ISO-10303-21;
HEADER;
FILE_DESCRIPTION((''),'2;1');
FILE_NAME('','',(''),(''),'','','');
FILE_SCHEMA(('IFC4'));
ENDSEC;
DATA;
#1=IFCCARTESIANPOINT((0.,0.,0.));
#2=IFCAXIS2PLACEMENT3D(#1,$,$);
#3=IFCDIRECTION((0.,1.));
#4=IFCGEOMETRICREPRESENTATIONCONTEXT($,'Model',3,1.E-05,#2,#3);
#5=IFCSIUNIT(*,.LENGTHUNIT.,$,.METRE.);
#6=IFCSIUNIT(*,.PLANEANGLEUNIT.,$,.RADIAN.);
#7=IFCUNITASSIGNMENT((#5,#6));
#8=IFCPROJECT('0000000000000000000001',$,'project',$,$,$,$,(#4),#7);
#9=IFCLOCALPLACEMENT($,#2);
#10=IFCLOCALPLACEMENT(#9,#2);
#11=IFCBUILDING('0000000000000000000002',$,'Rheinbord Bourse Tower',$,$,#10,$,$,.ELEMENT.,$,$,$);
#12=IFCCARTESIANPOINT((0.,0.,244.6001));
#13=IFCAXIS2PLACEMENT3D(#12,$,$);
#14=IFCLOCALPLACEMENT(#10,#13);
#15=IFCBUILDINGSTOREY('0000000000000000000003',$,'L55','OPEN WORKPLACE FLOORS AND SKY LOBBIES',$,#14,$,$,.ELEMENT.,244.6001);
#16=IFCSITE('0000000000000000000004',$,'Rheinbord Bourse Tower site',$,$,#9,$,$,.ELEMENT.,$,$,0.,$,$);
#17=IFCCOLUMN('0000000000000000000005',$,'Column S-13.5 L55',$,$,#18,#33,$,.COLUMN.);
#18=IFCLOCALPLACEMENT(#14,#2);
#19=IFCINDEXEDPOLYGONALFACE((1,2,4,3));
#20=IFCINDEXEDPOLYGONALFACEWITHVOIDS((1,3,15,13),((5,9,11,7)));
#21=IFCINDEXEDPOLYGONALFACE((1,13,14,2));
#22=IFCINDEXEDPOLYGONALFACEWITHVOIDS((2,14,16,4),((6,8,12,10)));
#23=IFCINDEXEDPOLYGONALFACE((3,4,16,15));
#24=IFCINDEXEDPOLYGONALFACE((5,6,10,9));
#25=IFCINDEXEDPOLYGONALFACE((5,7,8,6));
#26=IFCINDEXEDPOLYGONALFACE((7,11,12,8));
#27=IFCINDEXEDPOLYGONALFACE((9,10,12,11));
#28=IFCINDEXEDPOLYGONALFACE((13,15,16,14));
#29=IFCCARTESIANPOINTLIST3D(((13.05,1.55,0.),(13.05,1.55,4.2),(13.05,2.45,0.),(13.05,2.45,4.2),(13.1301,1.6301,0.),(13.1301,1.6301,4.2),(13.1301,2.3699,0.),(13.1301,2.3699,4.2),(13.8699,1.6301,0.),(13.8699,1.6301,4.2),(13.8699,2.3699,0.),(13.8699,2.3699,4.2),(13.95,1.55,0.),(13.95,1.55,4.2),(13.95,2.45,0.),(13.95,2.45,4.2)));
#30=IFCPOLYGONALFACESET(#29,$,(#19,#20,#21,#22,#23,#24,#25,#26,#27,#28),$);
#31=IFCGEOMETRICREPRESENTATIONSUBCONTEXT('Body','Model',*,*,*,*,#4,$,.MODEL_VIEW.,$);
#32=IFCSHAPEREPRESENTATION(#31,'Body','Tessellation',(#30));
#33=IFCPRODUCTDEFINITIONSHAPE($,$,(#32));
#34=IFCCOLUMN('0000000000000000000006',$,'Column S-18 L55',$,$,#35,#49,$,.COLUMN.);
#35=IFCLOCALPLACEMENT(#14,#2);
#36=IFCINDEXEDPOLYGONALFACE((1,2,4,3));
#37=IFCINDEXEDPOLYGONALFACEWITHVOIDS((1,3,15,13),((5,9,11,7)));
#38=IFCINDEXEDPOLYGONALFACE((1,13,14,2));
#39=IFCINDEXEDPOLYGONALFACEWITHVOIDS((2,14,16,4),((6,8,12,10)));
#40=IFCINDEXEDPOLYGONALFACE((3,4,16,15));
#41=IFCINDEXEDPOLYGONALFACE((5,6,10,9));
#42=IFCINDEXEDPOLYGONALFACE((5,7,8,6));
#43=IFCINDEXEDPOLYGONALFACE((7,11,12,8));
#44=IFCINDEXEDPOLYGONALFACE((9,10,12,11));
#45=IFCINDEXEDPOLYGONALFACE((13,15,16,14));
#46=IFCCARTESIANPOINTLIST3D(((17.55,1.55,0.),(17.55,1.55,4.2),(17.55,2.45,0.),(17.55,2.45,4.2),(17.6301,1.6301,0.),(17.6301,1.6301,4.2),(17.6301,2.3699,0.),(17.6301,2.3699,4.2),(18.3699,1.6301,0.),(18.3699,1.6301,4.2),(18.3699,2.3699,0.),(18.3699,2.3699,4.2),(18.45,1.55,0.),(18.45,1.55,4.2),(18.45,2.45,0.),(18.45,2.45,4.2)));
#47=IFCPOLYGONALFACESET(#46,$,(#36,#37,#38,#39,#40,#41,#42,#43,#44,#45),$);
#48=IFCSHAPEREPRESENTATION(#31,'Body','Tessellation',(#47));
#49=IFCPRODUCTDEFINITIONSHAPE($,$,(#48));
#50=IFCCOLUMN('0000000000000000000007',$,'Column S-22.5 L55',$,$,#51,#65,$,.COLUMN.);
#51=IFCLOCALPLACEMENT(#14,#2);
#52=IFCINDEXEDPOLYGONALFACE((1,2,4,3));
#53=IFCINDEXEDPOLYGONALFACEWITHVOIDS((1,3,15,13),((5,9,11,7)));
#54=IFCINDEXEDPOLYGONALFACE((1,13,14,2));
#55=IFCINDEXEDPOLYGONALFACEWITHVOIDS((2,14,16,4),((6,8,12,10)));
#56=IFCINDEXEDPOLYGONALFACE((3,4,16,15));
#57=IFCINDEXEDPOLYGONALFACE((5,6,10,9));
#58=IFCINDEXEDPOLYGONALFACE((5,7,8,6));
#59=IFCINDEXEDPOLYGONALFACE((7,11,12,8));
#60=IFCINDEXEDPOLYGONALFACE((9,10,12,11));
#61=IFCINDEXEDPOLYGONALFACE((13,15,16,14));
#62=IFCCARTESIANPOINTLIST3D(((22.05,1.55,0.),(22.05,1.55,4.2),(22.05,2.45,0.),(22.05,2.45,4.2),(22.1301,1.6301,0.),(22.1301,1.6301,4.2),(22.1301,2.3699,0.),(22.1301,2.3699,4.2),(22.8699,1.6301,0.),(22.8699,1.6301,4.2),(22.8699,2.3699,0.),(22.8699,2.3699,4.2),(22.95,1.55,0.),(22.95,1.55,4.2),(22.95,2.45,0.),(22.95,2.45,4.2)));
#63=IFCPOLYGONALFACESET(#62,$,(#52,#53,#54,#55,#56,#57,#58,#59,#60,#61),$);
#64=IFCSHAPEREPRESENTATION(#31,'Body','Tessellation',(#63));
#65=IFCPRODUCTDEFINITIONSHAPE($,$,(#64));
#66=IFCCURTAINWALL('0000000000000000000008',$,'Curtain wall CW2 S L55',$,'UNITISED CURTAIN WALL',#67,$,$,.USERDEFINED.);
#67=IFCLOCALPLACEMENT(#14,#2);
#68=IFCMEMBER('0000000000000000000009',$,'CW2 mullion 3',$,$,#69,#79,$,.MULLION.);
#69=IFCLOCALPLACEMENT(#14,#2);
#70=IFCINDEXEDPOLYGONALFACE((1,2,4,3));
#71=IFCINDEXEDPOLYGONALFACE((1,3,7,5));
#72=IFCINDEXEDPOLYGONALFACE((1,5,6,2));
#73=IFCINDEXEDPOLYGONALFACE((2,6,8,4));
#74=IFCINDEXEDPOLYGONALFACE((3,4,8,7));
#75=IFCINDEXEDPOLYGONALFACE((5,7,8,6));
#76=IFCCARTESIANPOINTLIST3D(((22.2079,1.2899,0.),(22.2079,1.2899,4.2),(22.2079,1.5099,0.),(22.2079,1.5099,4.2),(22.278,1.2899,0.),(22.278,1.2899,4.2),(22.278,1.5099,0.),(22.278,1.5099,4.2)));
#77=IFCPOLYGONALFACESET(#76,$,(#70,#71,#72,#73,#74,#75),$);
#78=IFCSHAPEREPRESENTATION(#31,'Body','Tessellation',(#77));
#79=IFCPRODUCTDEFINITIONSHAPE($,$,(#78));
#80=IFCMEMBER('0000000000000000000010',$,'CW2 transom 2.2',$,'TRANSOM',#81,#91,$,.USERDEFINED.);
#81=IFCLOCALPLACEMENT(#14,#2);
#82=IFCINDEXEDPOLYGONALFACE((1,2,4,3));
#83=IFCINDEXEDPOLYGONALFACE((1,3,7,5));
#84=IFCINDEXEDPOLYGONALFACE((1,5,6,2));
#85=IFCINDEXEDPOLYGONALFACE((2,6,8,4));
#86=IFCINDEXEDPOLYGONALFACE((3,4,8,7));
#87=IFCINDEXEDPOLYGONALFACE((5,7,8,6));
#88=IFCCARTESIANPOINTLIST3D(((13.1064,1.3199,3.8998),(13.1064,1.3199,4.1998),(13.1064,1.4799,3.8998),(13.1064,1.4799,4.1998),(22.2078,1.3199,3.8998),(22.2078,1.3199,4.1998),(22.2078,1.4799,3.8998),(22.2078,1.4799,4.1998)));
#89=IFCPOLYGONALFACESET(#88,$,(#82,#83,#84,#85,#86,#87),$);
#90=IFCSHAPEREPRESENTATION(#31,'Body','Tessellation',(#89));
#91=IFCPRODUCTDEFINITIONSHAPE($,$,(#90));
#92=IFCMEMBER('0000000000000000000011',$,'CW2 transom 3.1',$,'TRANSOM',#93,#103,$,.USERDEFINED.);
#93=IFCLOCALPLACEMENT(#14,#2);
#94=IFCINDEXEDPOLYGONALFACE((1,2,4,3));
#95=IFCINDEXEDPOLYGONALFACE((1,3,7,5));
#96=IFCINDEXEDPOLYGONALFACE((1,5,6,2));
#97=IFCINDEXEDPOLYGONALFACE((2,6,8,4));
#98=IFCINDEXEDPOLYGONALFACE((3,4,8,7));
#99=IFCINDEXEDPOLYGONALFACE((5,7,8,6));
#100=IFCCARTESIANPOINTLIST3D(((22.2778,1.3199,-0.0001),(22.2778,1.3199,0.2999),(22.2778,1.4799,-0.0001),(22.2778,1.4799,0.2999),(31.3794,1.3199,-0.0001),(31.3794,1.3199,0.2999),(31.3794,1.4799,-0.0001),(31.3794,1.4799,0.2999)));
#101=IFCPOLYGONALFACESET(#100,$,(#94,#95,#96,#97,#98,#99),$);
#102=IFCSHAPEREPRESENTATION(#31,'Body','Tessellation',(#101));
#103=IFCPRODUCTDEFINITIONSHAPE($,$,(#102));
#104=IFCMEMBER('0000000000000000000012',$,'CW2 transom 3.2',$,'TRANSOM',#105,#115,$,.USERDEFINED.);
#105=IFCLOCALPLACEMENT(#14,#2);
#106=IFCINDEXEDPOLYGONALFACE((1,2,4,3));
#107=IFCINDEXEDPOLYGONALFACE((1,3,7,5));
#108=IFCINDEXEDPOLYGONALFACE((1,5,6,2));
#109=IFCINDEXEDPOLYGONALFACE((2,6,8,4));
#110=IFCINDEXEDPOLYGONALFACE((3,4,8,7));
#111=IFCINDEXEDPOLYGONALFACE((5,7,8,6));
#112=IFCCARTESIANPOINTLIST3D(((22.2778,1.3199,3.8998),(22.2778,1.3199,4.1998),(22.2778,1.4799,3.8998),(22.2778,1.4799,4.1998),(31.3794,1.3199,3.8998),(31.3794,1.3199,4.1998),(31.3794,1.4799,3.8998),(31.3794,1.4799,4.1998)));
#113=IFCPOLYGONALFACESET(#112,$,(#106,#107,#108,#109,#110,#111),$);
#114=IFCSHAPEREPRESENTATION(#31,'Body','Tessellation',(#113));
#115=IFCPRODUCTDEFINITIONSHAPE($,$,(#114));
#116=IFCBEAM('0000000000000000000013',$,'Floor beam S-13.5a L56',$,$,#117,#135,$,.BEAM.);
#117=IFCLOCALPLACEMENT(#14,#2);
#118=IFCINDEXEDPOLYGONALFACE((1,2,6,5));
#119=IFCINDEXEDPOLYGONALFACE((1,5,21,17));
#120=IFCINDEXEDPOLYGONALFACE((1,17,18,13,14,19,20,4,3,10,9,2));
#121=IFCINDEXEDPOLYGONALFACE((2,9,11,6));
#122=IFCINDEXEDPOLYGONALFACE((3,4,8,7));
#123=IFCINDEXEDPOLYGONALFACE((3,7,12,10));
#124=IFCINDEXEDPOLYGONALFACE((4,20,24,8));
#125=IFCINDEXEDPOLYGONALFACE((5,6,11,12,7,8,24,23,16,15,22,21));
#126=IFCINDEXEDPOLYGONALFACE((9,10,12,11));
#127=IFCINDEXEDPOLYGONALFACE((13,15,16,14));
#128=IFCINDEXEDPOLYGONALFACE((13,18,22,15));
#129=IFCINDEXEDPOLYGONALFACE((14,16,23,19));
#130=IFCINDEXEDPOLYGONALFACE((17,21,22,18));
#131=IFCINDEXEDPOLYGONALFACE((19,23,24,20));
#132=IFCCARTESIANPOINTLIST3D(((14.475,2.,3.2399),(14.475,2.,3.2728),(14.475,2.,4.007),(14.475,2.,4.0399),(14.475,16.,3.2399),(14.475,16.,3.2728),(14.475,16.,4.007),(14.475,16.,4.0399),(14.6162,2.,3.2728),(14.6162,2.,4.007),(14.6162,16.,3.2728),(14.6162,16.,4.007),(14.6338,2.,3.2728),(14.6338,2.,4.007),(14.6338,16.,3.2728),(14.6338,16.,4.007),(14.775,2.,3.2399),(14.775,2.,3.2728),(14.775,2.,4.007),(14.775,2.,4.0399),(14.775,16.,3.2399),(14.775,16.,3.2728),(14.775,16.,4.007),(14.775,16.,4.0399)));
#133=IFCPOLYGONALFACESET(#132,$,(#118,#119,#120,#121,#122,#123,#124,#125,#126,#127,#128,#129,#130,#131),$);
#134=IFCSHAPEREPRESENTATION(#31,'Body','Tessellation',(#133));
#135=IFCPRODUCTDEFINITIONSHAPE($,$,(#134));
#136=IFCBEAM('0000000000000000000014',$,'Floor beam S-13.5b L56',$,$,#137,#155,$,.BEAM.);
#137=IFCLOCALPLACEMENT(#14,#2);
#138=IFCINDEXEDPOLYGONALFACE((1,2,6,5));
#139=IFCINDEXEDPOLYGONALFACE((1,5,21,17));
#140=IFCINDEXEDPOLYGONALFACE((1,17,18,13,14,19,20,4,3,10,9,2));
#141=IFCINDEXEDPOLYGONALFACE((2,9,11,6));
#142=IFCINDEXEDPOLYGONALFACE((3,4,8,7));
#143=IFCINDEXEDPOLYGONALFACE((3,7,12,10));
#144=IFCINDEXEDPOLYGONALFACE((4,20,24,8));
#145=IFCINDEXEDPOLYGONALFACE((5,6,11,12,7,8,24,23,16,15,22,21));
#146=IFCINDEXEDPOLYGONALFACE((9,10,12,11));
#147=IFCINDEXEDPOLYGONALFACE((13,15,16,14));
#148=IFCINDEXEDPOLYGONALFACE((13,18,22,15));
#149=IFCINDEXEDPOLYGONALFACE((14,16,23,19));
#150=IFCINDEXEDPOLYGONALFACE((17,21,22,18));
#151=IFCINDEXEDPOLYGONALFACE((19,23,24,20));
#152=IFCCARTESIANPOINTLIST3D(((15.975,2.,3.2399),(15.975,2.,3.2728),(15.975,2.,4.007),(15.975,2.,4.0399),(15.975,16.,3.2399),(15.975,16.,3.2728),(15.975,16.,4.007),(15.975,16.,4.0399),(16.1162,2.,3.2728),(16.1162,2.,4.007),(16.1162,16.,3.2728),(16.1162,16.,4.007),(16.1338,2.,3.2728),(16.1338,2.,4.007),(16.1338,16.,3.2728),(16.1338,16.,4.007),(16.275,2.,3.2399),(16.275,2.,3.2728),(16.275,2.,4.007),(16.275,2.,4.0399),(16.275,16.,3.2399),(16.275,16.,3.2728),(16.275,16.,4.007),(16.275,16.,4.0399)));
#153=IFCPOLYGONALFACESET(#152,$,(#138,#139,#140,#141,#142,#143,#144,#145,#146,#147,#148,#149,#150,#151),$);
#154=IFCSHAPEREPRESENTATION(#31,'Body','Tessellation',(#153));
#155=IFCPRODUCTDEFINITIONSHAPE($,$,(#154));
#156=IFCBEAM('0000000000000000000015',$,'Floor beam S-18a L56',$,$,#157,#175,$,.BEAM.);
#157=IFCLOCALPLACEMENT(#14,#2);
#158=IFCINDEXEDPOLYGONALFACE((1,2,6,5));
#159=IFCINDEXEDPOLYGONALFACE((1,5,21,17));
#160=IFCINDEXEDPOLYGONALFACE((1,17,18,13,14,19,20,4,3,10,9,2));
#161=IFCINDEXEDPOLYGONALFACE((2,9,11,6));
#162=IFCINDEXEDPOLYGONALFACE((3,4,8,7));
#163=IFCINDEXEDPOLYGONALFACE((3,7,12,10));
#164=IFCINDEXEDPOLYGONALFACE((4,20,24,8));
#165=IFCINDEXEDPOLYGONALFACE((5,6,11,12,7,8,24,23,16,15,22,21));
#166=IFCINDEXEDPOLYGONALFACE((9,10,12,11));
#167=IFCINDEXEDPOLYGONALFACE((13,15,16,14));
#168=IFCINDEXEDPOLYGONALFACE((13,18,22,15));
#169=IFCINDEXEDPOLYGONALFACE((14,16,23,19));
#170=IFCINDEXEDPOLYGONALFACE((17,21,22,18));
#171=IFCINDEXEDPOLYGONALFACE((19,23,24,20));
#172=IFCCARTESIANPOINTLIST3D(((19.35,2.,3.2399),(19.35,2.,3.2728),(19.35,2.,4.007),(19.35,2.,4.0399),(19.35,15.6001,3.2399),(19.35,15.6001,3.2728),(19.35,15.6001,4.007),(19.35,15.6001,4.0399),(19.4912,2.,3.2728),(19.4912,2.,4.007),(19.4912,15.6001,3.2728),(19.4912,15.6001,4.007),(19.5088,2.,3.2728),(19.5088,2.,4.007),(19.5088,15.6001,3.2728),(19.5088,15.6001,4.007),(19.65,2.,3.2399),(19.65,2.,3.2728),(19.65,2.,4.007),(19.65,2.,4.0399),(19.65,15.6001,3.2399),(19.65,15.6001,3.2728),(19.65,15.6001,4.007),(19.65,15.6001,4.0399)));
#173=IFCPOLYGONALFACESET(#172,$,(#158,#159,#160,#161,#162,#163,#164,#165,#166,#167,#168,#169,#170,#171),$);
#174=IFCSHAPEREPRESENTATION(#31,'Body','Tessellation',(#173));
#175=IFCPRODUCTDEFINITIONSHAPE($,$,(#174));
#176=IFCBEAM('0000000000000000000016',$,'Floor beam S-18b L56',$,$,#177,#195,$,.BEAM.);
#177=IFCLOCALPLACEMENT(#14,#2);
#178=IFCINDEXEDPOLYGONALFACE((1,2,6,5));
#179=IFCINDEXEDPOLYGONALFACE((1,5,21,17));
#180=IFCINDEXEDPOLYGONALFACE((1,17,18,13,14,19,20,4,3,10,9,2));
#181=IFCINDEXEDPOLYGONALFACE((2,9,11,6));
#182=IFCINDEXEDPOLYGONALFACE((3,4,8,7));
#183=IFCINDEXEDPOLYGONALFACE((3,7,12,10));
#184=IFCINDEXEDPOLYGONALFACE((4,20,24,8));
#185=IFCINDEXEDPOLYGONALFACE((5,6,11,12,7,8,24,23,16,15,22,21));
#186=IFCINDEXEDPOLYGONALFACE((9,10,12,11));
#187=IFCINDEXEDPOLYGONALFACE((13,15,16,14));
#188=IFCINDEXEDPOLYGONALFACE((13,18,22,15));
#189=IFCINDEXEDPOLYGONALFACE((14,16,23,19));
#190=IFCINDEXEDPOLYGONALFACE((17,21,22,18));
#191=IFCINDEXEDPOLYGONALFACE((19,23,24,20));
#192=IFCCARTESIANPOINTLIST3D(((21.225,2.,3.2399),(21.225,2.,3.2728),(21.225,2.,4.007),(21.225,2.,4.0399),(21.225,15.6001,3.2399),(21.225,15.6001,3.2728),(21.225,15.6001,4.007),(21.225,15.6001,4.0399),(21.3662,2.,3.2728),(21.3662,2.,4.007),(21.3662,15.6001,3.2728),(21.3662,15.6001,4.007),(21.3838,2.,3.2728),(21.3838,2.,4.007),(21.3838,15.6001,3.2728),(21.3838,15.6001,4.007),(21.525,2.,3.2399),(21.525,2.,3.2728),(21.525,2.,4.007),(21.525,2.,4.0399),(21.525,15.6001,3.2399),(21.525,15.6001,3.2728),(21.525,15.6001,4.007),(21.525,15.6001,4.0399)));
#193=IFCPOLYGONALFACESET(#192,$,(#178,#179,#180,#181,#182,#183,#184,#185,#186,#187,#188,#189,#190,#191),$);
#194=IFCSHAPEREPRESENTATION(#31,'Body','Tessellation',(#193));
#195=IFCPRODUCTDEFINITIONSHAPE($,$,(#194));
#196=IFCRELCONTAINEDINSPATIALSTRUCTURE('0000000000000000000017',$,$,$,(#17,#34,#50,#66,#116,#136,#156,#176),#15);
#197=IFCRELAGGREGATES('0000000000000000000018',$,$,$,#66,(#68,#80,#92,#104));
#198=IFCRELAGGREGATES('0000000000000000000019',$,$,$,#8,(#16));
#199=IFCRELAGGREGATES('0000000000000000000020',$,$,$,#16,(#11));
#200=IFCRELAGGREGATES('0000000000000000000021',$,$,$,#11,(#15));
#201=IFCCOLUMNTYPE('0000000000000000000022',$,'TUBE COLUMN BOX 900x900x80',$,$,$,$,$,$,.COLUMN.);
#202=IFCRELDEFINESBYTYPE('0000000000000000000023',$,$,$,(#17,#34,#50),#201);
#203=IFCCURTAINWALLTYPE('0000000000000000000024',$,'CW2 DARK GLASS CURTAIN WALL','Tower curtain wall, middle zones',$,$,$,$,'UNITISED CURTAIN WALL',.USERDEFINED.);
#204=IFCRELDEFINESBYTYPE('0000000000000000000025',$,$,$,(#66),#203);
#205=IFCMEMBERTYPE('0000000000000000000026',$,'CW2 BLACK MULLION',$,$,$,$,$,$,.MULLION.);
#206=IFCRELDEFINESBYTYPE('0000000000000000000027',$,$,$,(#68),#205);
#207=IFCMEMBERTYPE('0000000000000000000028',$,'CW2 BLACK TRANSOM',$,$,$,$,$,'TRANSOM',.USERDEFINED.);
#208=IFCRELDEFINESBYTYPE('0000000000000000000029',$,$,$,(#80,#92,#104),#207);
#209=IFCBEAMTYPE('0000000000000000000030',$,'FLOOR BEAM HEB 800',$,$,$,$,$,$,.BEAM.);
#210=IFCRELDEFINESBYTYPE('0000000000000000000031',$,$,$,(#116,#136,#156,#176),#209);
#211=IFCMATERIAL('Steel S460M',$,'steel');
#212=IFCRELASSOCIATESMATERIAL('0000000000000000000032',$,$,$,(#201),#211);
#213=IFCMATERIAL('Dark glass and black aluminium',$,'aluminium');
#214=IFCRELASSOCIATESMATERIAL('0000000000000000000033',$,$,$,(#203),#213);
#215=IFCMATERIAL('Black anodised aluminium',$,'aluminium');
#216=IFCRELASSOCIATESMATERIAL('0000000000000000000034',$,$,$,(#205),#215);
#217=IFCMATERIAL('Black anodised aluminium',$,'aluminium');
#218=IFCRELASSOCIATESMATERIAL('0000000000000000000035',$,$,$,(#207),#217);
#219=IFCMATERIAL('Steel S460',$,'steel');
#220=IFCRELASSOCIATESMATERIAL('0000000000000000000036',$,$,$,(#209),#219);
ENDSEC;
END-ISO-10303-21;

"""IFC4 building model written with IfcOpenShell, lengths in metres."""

from ifc_helpers import new_model, si_unit, direction, frame, origin, origin_2d, place, context, subcontext, project, spatial, rectangle, hollow_rectangle, i_section, extrude, material, material_profile, profile_set, type_object, element, aggregate, save


model = new_model("IFC4")

# Units and contexts
model_context = context("Model", 3, precision=1e-05, world=origin(), true_north=direction((0.0, 1.0)))
body_context = subcontext(model_context, "Body", "Model", "MODEL_VIEW")
ifc_project = project(units=[si_unit("LENGTHUNIT", "METRE"), si_unit("PLANEANGLEUNIT", "RADIAN")], contexts=[model_context])

# Site, building, storey
site_placement = place(None, origin())
site = spatial("IfcSite", under=ifc_project, at=site_placement, Name="Rheinbord Bourse Tower site", CompositionType="ELEMENT", RefElevation=0.0)
building_placement = place(site_placement, origin())
building = spatial("IfcBuilding", under=site, at=building_placement, Name="Rheinbord Bourse Tower", CompositionType="ELEMENT")
storey_placement = place(building_placement, frame((0.0, 0.0, 244.6001)))
storey = spatial("IfcBuildingStorey", under=building, at=storey_placement, Name="L55", Description="OPEN WORKPLACE FLOORS AND SKY LOBBIES", CompositionType="ELEMENT", Elevation=244.6001)

# Columns
ifc_material_1 = material(Name="Steel S460M", Category="steel")
ifc_material_profile_1 = material_profile(ifc_material_1, hollow_rectangle(XDim=0.8999, YDim=0.8999, WallThickness=0.0801, at=origin_2d()), Name="BOX 900x900x80")
ifc_profile_set_1 = profile_set([ifc_material_profile_1], Name="Steel S460M")
column_type = type_object("IfcColumnType", Name="TUBE COLUMN BOX 900x900x80", PredefinedType="COLUMN", material=ifc_profile_set_1)
for number, where, z_axis, x_axis, name in (
    (1, (13.5, 2.0, 0.0), (0.0, 0.0, 1.0), (0.0, 1.0, 0.0), "Column S-13.5 L55"),
    (2, (18.0, 2.0, 0.0), (0.0, 0.0, 1.0), (0.0, 1.0, 0.0), "Column S-18 L55"),
    (3, (22.5, 2.0, 0.0), (0.0, 0.0, 1.0), (0.0, 1.0, 0.0), "Column S-22.5 L55"),
):
    element("IfcColumn", number, at=place(storey_placement, frame(where, z_axis=z_axis, x_axis=x_axis)), inside=storey, type_object=column_type, Name=name, PredefinedType="COLUMN", context=body_context, shape_type="SweptSolid", body=[
        extrude(hollow_rectangle(XDim=0.8999, YDim=0.8999, WallThickness=0.0801, at=origin_2d()), origin(), (0.0, 0.0, 1.0), 4.2),
    ])

# Curtain wall, members
ifc_material_2 = material(Name="Dark glass and black aluminium", Category="aluminium")
curtain_wall_type = type_object("IfcCurtainWallType", Name="CW2 DARK GLASS CURTAIN WALL", Description="Tower curtain wall, middle zones", ElementType="UNITISED CURTAIN WALL", PredefinedType="USERDEFINED", material=ifc_material_2)
curtain_wall_placement = place(storey_placement, origin())
curtain_wall = element("IfcCurtainWall", 4, at=curtain_wall_placement, inside=storey, type_object=curtain_wall_type, Name="Curtain wall CW2 S L55", ObjectType="UNITISED CURTAIN WALL", PredefinedType="USERDEFINED")
ifc_material_3 = material(Name="Black anodised aluminium", Category="aluminium")
ifc_material_profile_2 = material_profile(ifc_material_3, rectangle(XDim=0.22, YDim=0.0701, at=origin_2d()), Name="CW2 MULLION 70x220")
ifc_profile_set_2 = profile_set([ifc_material_profile_2], Name="Black anodised aluminium")
member_type_1 = type_object("IfcMemberType", Name="CW2 BLACK MULLION", PredefinedType="MULLION", material=ifc_profile_set_2)
member_1_placement = place(storey_placement, frame((22.2429, 1.3999, 0.0), z_axis=(0.0, 0.0, 1.0), x_axis=(0.0, 1.0, 0.0)))
member_1 = element("IfcMember", 5, at=member_1_placement, type_object=member_type_1, Name="CW2 mullion 3", PredefinedType="MULLION", context=body_context, shape_type="SweptSolid", body=[
    extrude(rectangle(XDim=0.22, YDim=0.0701, at=origin_2d()), origin(), (0.0, 0.0, 1.0), 4.2),
])
ifc_material_4 = material(Name="Black anodised aluminium", Category="aluminium")
ifc_material_profile_3 = material_profile(ifc_material_4, rectangle(XDim=0.1599, YDim=0.3, at=origin_2d()), Name="CW2 TRANSOM 300x160")
ifc_profile_set_3 = profile_set([ifc_material_profile_3], Name="Black anodised aluminium")
member_type_2 = type_object("IfcMemberType", Name="CW2 BLACK TRANSOM", ElementType="TRANSOM", PredefinedType="USERDEFINED", material=ifc_profile_set_3)
member_2_placement = place(storey_placement, frame((13.1064, 1.3999, 4.0498), z_axis=(1.0, 0.0, 0.0), x_axis=(0.0, 1.0, 0.0)))
member_2 = element("IfcMember", 6, at=member_2_placement, type_object=member_type_2, Name="CW2 transom 2.2", ObjectType="TRANSOM", PredefinedType="USERDEFINED", context=body_context, shape_type="SweptSolid", body=[
    extrude(rectangle(XDim=0.1599, YDim=0.3, at=origin_2d()), origin(), (0.0, 0.0, 1.0), 9.1013),
])
member_3_placement = place(storey_placement, frame((22.2778, 1.3999, 0.1499), z_axis=(1.0, 0.0, 0.0), x_axis=(0.0, 1.0, 0.0)))
member_3 = element("IfcMember", 7, at=member_3_placement, type_object=member_type_2, Name="CW2 transom 3.1", ObjectType="TRANSOM", PredefinedType="USERDEFINED", context=body_context, shape_type="SweptSolid", body=[
    extrude(rectangle(XDim=0.1599, YDim=0.3, at=origin_2d()), origin(), (0.0, 0.0, 1.0), 9.1016),
])
member_4_placement = place(storey_placement, frame((22.2778, 1.3999, 4.0498), z_axis=(1.0, 0.0, 0.0), x_axis=(0.0, 1.0, 0.0)))
member_4 = element("IfcMember", 8, at=member_4_placement, type_object=member_type_2, Name="CW2 transom 3.2", ObjectType="TRANSOM", PredefinedType="USERDEFINED", context=body_context, shape_type="SweptSolid", body=[
    extrude(rectangle(XDim=0.1599, YDim=0.3, at=origin_2d()), origin(), (0.0, 0.0, 1.0), 9.1016),
])

# Beams
ifc_material_5 = material(Name="Steel S460", Category="steel")
ifc_material_profile_4 = material_profile(ifc_material_5, i_section(OverallWidth=0.3, OverallDepth=0.8, WebThickness=0.0176, FlangeThickness=0.033, at=origin_2d()), Name="HEB 800")
ifc_profile_set_4 = profile_set([ifc_material_profile_4], Name="Steel S460")
beam_type_1 = type_object("IfcBeamType", Name="FLOOR BEAM HEB 800", PredefinedType="BEAM", material=ifc_profile_set_4)
for number, where, z_axis, x_axis, name in (
    (9, (14.625, 2.0, 3.6399), (0.0, 1.0, 0.0), (-1.0, 0.0, 0.0), "Floor beam S-13.5a L56"),
    (10, (16.125, 2.0, 3.6399), (0.0, 1.0, 0.0), (-1.0, 0.0, 0.0), "Floor beam S-13.5b L56"),
):
    element("IfcBeam", number, at=place(storey_placement, frame(where, z_axis=z_axis, x_axis=x_axis)), inside=storey, type_object=beam_type_1, Name=name, PredefinedType="BEAM", context=body_context, shape_type="SweptSolid", body=[
        extrude(i_section(OverallWidth=0.3, OverallDepth=0.8, WebThickness=0.0176, FlangeThickness=0.033, at=origin_2d()), origin(), (0.0, 0.0, 1.0), 14.0),
    ])
for number, where, z_axis, x_axis, name in (
    (11, (19.5, 2.0, 3.6399), (0.0, 1.0, 0.0), (-1.0, 0.0, 0.0), "Floor beam S-18a L56"),
    (12, (21.375, 2.0, 3.6399), (0.0, 1.0, 0.0), (-1.0, 0.0, 0.0), "Floor beam S-18b L56"),
):
    element("IfcBeam", number, at=place(storey_placement, frame(where, z_axis=z_axis, x_axis=x_axis)), inside=storey, type_object=beam_type_1, Name=name, PredefinedType="BEAM", context=body_context, shape_type="SweptSolid", body=[
        extrude(i_section(OverallWidth=0.3, OverallDepth=0.8, WebThickness=0.0176, FlangeThickness=0.033, at=origin_2d()), origin(), (0.0, 0.0, 1.0), 13.6001),
    ])

aggregate(curtain_wall, [member_1, member_2, member_3, member_4])

save(model, "model.ifc")
